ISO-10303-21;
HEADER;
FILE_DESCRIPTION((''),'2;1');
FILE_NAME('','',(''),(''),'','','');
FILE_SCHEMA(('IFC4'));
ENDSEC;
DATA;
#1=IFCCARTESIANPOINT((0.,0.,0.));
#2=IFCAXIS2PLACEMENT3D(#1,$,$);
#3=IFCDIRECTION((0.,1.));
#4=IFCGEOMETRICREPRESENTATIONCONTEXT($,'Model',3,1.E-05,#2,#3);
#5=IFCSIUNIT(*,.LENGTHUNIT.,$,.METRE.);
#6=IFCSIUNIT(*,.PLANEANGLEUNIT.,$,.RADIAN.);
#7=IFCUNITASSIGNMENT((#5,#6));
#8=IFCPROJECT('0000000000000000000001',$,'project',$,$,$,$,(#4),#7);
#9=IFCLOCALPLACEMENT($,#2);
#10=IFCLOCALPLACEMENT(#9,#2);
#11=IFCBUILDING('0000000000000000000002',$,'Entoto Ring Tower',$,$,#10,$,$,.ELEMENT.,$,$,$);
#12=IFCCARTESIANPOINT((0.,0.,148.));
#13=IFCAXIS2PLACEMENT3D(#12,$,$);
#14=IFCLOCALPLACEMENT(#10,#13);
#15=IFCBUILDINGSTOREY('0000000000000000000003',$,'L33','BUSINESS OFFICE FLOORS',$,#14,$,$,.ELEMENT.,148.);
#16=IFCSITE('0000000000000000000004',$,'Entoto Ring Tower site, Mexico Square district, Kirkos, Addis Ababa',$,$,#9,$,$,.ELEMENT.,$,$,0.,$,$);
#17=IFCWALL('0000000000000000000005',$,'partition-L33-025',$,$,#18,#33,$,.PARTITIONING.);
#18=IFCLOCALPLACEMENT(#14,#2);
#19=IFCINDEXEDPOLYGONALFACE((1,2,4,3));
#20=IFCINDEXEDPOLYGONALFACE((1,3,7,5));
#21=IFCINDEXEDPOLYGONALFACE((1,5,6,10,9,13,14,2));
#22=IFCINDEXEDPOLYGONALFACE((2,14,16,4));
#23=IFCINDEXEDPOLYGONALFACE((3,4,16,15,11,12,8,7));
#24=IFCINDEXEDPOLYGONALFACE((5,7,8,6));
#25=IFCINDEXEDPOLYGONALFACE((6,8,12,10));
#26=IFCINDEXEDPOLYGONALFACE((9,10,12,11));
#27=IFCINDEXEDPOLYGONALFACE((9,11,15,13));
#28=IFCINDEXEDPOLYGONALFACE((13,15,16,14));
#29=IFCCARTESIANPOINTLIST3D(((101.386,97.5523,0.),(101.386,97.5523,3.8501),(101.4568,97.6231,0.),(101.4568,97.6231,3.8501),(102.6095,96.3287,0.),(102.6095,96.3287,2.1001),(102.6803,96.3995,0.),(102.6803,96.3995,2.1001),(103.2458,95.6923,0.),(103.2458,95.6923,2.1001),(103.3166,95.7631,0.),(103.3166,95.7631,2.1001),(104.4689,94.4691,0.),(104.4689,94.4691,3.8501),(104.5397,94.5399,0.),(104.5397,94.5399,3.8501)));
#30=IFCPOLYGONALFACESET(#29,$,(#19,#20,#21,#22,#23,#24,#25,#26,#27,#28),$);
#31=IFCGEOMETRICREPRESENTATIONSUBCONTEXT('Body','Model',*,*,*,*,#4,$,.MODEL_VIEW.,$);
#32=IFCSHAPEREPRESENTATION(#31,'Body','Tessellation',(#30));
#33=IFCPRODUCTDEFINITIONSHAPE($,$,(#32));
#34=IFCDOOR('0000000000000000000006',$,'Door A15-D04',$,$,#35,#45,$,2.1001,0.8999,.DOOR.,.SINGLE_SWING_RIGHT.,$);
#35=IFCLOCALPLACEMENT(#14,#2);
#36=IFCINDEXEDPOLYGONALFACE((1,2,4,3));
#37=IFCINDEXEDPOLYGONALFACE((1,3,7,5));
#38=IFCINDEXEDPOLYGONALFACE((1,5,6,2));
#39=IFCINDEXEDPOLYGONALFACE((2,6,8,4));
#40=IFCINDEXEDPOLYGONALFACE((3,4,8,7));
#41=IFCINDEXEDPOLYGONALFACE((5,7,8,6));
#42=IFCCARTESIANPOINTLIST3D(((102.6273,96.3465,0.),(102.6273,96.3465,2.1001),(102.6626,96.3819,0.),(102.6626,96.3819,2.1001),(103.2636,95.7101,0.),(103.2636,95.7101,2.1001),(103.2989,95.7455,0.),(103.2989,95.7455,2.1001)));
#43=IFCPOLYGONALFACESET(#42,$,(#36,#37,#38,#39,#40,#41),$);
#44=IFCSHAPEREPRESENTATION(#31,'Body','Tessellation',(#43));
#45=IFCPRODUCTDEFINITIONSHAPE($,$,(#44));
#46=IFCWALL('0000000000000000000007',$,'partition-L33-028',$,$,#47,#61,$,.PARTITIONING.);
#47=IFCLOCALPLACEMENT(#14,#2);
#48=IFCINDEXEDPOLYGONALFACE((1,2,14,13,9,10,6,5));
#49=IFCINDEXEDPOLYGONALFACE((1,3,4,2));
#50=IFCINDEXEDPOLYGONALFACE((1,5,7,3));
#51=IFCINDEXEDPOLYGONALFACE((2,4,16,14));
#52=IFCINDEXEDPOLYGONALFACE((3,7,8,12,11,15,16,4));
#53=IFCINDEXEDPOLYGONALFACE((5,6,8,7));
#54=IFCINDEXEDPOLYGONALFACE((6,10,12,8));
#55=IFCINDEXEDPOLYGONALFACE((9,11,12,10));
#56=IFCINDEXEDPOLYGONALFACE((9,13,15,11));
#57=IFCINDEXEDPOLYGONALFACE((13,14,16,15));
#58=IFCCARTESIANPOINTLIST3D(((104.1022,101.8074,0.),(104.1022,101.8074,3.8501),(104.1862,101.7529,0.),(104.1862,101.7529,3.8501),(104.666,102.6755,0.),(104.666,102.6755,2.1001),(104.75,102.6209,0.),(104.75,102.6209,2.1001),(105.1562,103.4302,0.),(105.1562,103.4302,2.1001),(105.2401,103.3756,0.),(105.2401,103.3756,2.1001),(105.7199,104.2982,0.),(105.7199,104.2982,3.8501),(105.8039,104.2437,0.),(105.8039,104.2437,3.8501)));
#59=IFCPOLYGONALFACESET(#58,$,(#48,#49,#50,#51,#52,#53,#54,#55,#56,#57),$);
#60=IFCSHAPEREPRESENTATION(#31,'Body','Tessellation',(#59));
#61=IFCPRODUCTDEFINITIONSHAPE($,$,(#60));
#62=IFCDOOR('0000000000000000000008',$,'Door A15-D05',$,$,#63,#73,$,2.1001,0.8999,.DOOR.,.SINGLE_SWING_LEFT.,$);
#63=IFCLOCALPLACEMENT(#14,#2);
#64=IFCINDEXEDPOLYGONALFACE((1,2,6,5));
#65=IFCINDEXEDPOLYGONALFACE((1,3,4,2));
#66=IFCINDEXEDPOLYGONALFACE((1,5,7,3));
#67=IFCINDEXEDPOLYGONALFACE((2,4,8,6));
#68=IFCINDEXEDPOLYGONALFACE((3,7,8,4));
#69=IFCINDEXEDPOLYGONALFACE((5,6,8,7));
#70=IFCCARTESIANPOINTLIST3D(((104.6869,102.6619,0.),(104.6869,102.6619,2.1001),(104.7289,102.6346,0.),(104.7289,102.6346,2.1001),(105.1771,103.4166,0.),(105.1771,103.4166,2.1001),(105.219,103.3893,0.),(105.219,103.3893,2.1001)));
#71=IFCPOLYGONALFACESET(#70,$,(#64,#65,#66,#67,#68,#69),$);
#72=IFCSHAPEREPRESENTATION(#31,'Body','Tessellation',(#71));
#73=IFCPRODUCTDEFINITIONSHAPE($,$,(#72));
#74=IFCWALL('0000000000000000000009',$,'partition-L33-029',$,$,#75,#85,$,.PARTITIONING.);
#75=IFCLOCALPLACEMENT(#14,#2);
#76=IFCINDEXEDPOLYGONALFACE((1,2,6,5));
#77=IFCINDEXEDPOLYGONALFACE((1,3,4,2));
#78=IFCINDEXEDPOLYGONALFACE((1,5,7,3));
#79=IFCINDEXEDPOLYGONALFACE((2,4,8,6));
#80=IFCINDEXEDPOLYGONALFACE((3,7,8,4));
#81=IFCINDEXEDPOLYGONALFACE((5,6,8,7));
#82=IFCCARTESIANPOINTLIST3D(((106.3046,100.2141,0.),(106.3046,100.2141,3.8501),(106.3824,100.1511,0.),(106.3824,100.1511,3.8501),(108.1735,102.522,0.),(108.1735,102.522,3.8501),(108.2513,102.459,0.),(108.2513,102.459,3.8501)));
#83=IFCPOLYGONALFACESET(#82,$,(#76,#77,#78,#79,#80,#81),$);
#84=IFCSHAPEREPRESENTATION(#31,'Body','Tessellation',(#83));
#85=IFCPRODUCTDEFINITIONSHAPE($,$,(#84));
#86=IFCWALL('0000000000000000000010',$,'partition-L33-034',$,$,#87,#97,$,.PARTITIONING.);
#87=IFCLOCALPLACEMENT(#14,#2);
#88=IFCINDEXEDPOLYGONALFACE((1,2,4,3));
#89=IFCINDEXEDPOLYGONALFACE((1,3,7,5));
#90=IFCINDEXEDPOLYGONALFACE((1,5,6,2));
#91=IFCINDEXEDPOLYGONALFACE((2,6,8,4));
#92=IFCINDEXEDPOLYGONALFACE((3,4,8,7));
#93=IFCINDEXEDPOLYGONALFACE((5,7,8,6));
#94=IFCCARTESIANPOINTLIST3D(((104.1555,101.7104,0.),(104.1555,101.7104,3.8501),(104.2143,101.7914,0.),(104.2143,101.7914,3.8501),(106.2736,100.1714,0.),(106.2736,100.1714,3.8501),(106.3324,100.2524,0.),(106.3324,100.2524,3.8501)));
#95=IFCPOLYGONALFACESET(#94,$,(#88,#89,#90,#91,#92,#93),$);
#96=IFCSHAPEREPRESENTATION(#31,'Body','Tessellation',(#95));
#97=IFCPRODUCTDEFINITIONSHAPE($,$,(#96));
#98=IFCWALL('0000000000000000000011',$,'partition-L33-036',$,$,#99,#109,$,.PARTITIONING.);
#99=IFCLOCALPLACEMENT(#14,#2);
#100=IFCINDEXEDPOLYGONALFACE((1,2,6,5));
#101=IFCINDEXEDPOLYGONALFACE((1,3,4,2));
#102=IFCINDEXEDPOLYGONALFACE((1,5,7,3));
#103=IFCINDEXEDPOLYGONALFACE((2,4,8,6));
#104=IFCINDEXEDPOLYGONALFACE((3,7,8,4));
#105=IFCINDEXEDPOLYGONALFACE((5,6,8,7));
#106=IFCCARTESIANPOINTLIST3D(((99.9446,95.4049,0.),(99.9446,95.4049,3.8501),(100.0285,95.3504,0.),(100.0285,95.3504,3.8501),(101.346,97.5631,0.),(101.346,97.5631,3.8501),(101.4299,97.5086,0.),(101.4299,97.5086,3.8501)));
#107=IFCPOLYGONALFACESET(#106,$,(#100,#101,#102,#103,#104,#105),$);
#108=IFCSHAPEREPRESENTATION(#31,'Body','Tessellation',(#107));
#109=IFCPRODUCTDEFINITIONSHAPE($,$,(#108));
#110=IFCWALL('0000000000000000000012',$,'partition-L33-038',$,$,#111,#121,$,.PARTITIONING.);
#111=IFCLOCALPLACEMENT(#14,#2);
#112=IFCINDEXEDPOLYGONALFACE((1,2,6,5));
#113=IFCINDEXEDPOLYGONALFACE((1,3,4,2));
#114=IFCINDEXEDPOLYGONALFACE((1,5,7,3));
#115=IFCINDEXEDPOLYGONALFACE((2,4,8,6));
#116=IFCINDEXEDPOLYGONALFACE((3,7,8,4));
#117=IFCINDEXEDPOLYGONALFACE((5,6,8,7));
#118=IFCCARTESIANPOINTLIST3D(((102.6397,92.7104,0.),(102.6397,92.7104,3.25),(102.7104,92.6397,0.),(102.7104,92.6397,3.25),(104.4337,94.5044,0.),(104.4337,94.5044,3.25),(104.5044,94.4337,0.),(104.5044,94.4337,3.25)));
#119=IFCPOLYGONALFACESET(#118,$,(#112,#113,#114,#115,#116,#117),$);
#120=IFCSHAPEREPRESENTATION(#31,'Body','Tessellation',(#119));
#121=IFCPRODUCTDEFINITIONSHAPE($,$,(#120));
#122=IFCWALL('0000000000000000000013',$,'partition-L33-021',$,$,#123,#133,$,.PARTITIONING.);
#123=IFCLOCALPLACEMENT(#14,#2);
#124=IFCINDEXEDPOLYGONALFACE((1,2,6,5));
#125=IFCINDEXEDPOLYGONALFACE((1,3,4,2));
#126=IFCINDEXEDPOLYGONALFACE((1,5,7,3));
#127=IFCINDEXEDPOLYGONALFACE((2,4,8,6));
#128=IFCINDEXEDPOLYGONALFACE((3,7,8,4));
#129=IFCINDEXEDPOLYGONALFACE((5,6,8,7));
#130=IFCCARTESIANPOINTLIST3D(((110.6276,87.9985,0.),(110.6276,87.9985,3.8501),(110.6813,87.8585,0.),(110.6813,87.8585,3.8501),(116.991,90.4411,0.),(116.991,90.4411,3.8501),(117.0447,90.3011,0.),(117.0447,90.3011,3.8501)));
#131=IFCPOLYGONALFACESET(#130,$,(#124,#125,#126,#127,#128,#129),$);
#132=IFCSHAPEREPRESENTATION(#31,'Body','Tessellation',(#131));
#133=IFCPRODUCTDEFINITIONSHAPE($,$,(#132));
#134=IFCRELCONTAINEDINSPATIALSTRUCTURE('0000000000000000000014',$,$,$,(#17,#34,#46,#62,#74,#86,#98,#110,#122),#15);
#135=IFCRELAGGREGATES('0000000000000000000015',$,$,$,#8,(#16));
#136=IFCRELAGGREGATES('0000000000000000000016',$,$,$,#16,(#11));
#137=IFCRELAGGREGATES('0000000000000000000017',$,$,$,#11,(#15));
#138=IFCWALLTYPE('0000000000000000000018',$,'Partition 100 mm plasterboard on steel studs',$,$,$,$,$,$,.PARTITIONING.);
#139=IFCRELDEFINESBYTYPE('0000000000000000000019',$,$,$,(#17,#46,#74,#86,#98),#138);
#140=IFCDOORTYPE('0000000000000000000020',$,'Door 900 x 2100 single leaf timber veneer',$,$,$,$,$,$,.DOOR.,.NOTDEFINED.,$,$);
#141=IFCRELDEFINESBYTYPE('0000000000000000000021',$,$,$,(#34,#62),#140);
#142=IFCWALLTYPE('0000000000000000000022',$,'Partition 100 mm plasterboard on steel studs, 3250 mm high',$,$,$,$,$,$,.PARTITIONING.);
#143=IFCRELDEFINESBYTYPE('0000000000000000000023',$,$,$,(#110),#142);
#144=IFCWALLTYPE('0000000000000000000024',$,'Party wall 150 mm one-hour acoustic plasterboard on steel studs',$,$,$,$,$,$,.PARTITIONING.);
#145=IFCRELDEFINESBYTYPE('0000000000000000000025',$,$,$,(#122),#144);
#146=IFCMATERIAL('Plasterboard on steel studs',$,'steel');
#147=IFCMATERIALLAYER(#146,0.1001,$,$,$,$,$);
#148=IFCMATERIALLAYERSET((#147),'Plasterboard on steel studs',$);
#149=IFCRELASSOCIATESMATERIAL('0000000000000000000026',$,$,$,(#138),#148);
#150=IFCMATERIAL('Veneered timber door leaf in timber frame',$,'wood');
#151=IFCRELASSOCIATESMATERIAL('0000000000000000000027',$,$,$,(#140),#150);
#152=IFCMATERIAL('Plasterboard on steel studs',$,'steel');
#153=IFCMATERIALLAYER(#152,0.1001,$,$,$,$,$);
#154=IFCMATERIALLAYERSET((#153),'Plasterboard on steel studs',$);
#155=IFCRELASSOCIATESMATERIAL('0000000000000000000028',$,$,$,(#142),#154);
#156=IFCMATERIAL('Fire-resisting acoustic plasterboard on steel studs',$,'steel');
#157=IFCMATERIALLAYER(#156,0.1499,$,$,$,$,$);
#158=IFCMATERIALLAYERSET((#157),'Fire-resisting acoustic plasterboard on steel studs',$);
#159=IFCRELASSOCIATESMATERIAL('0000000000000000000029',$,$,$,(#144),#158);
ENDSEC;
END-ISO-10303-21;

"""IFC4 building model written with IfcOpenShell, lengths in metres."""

from ifc_helpers import new_model, si_unit, direction, frame, frame_2d, origin, place, context, subcontext, project, spatial, rectangle, extrude, material, layer, layer_set, type_object, element, fill, save


model = new_model("IFC4")

# Units and contexts
model_context = context("Model", 3, precision=1e-05, world=origin(), true_north=direction((0.0, 1.0)))
body_context = subcontext(model_context, "Body", "Model", "MODEL_VIEW")
ifc_project = project(units=[si_unit("LENGTHUNIT", "METRE"), si_unit("PLANEANGLEUNIT", "RADIAN")], contexts=[model_context])

# Site, building, storey
site_placement = place(None, origin())
site = spatial("IfcSite", under=ifc_project, at=site_placement, Name="Entoto Ring Tower site, Mexico Square district, Kirkos, Addis Ababa", CompositionType="ELEMENT", RefElevation=0.0)
building_placement = place(site_placement, origin())
building = spatial("IfcBuilding", under=site, at=building_placement, Name="Entoto Ring Tower", CompositionType="ELEMENT")
storey_placement = place(building_placement, frame((0.0, 0.0, 148.0)))
storey = spatial("IfcBuildingStorey", under=building, at=storey_placement, Name="L33", Description="BUSINESS OFFICE FLOORS", CompositionType="ELEMENT", Elevation=148.0)

# Walls, openings, doors
ifc_material_1 = material(Name="Plasterboard on steel studs", Category="steel")
ifc_layer_1 = layer(ifc_material_1, 0.1001)
ifc_layer_set_1 = layer_set([ifc_layer_1], Name="Plasterboard on steel studs")
wall_type_1 = type_object("IfcWallType", Name="Partition 100 mm plasterboard on steel studs", PredefinedType="PARTITIONING", material=ifc_layer_set_1)
wall_1_placement = place(storey_placement, frame((104.5044, 94.5044, 0.0), z_axis=(0.0, 0.0, 1.0), x_axis=(-0.707079, 0.707135, 0.0)))
wall_1 = element("IfcWall", 1, at=wall_1_placement, inside=storey, type_object=wall_type_1, Name="partition-L33-025", PredefinedType="PARTITIONING", context=body_context, shape_type="SweptSolid", body=[
    extrude(rectangle(XDim=4.3601, YDim=0.1001, at=frame_2d((2.1802, 0.0))), origin(), (0.0, 0.0, 1.0), 3.8501),
])
opening_1_placement = place(wall_1_placement, frame((1.73, 0.0, 0.0)))
opening_1 = element("IfcOpeningElement", 2, at=opening_1_placement, cuts=wall_1, PredefinedType="OPENING", context=body_context, shape_type="SweptSolid", body=[
    extrude(rectangle(XDim=0.8999, YDim=2.1001, at=frame_2d((0.45, 1.05))), frame((0.0, 0.0601, 0.0), z_axis=(0.0, -1.0, 0.0), x_axis=(1.0, 0.0, 0.0)), (0.0, 0.0, 1.0), 0.1201),
])
ifc_material_2 = material(Name="Veneered timber door leaf in timber frame", Category="wood")
door_type_1 = type_object("IfcDoorType", Name="Door 900 x 2100 single leaf timber veneer", OperationType="NOTDEFINED", PredefinedType="DOOR", material=ifc_material_2)
door_1_placement = place(opening_1_placement, origin())
door_1 = element("IfcDoor", 3, at=door_1_placement, inside=storey, type_object=door_type_1, Name="Door A15-D04", OperationType="SINGLE_SWING_RIGHT", OverallHeight=2.1001, OverallWidth=0.8999, PredefinedType="DOOR", context=body_context, shape_type="SweptSolid", body=[
    extrude(rectangle(XDim=0.8999, YDim=2.1001, at=frame_2d((0.45, 1.05))), frame((0.0, 0.0249, 0.0), z_axis=(0.0, -1.0, 0.0), x_axis=(1.0, 0.0, 0.0)), (0.0, 0.0, 1.0), 0.05),
])
fill(opening_1, door_1)
wall_2_placement = place(storey_placement, frame((104.1443, 101.7803, 0.0), z_axis=(0.0, 0.0, 1.0), x_axis=(0.544682, 0.838643, 0.0)))
wall_2 = element("IfcWall", 4, at=wall_2_placement, inside=storey, type_object=wall_type_1, Name="partition-L33-028", PredefinedType="PARTITIONING", context=body_context, shape_type="SweptSolid", body=[
    extrude(rectangle(XDim=2.97, YDim=0.1001, at=frame_2d((1.4849, 0.0))), origin(), (0.0, 0.0, 1.0), 3.8501),
])
opening_2_placement = place(wall_2_placement, frame((1.0349, 0.0, 0.0)))
opening_2 = element("IfcOpeningElement", 5, at=opening_2_placement, cuts=wall_2, PredefinedType="OPENING", context=body_context, shape_type="SweptSolid", body=[
    extrude(rectangle(XDim=0.8999, YDim=2.1001, at=frame_2d((0.45, 1.05))), frame((0.0, 0.0601, 0.0), z_axis=(0.0, -1.0, 0.0), x_axis=(1.0, 0.0, 0.0)), (0.0, 0.0, 1.0), 0.1201),
])
door_2_placement = place(opening_2_placement, frame((0.8999, 0.0, 0.0), z_axis=(0.0, 0.0, 1.0), x_axis=(-1.0, 0.0, 0.0)))
door_2 = element("IfcDoor", 6, at=door_2_placement, inside=storey, type_object=door_type_1, Name="Door A15-D05", OperationType="SINGLE_SWING_LEFT", OverallHeight=2.1001, OverallWidth=0.8999, PredefinedType="DOOR", context=body_context, shape_type="SweptSolid", body=[
    extrude(rectangle(XDim=0.8999, YDim=2.1001, at=frame_2d((0.45, 1.05))), frame((0.0, 0.0249, 0.0), z_axis=(0.0, -1.0, 0.0), x_axis=(1.0, 0.0, 0.0)), (0.0, 0.0, 1.0), 0.05),
])
fill(opening_2, door_2)

# Walls
wall_3_placement = place(storey_placement, frame((106.3435, 100.1826, 0.0), z_axis=(0.0, 0.0, 1.0), x_axis=(0.629326, 0.777141, 0.0)))
element("IfcWall", 7, at=wall_3_placement, inside=storey, type_object=wall_type_1, Name="partition-L33-029", PredefinedType="PARTITIONING", context=body_context, shape_type="SweptSolid", body=[
    extrude(rectangle(XDim=2.9697, YDim=0.1001, at=frame_2d((1.4849, 0.0))), origin(), (0.0, 0.0, 1.0), 3.8501),
])
wall_4_placement = place(storey_placement, frame((106.303, 100.2119, 0.0), z_axis=(0.0, 0.0, 1.0), x_axis=(-0.808994, 0.587817, 0.0)))
element("IfcWall", 8, at=wall_4_placement, inside=storey, type_object=wall_type_1, Name="partition-L33-034", PredefinedType="PARTITIONING", context=body_context, shape_type="SweptSolid", body=[
    extrude(rectangle(XDim=2.6182, YDim=0.1001, at=frame_2d((1.3091, 0.0))), origin(), (0.0, 0.0, 1.0), 3.8501),
])
wall_5_placement = place(storey_placement, frame((99.9866, 95.3777, 0.0), z_axis=(0.0, 0.0, 1.0), x_axis=(0.544588, 0.838704, 0.0)))
element("IfcWall", 9, at=wall_5_placement, inside=storey, type_object=wall_type_1, Name="partition-L33-036", PredefinedType="PARTITIONING", context=body_context, shape_type="SweptSolid", body=[
    extrude(rectangle(XDim=2.5732, YDim=0.1001, at=frame_2d((1.2866, 0.0))), origin(), (0.0, 0.0, 1.0), 3.8501),
])
ifc_material_3 = material(Name="Plasterboard on steel studs", Category="steel")
ifc_layer_2 = layer(ifc_material_3, 0.1001)
ifc_layer_set_2 = layer_set([ifc_layer_2], Name="Plasterboard on steel studs")
wall_type_2 = type_object("IfcWallType", Name="Partition 100 mm plasterboard on steel studs, 3250 mm high", PredefinedType="PARTITIONING", material=ifc_layer_set_2)
wall_6_placement = place(storey_placement, frame((102.675, 92.675, 0.0), z_axis=(0.0, 0.0, 1.0), x_axis=(0.707107, 0.707107, 0.0)))
element("IfcWall", 10, at=wall_6_placement, inside=storey, type_object=wall_type_2, Name="partition-L33-038", PredefinedType="PARTITIONING", context=body_context, shape_type="SweptSolid", body=[
    extrude(rectangle(XDim=2.5371, YDim=0.1001, at=frame_2d((1.2686, 0.0))), origin(), (0.0, 0.0, 1.0), 3.25),
])
ifc_material_4 = material(Name="Fire-resisting acoustic plasterboard on steel studs", Category="steel")
ifc_layer_3 = layer(ifc_material_4, 0.1499)
ifc_layer_set_3 = layer_set([ifc_layer_3], Name="Fire-resisting acoustic plasterboard on steel studs")
wall_type_3 = type_object("IfcWallType", Name="Party wall 150 mm one-hour acoustic plasterboard on steel studs", PredefinedType="PARTITIONING", material=ifc_layer_set_3)
wall_7_placement = place(storey_placement, frame((110.6543, 87.9285, 0.0), z_axis=(0.0, 0.0, 1.0), x_axis=(0.933585, 0.358355, 0.0)))
element("IfcWall", 11, at=wall_7_placement, inside=storey, type_object=wall_type_3, Name="partition-L33-021", PredefinedType="PARTITIONING", context=body_context, shape_type="SweptSolid", body=[
    extrude(rectangle(XDim=6.8162, YDim=0.1499, at=frame_2d((3.4082, 0.0))), origin(), (0.0, 0.0, 1.0), 3.8501),
])

save(model, "model.ifc")
